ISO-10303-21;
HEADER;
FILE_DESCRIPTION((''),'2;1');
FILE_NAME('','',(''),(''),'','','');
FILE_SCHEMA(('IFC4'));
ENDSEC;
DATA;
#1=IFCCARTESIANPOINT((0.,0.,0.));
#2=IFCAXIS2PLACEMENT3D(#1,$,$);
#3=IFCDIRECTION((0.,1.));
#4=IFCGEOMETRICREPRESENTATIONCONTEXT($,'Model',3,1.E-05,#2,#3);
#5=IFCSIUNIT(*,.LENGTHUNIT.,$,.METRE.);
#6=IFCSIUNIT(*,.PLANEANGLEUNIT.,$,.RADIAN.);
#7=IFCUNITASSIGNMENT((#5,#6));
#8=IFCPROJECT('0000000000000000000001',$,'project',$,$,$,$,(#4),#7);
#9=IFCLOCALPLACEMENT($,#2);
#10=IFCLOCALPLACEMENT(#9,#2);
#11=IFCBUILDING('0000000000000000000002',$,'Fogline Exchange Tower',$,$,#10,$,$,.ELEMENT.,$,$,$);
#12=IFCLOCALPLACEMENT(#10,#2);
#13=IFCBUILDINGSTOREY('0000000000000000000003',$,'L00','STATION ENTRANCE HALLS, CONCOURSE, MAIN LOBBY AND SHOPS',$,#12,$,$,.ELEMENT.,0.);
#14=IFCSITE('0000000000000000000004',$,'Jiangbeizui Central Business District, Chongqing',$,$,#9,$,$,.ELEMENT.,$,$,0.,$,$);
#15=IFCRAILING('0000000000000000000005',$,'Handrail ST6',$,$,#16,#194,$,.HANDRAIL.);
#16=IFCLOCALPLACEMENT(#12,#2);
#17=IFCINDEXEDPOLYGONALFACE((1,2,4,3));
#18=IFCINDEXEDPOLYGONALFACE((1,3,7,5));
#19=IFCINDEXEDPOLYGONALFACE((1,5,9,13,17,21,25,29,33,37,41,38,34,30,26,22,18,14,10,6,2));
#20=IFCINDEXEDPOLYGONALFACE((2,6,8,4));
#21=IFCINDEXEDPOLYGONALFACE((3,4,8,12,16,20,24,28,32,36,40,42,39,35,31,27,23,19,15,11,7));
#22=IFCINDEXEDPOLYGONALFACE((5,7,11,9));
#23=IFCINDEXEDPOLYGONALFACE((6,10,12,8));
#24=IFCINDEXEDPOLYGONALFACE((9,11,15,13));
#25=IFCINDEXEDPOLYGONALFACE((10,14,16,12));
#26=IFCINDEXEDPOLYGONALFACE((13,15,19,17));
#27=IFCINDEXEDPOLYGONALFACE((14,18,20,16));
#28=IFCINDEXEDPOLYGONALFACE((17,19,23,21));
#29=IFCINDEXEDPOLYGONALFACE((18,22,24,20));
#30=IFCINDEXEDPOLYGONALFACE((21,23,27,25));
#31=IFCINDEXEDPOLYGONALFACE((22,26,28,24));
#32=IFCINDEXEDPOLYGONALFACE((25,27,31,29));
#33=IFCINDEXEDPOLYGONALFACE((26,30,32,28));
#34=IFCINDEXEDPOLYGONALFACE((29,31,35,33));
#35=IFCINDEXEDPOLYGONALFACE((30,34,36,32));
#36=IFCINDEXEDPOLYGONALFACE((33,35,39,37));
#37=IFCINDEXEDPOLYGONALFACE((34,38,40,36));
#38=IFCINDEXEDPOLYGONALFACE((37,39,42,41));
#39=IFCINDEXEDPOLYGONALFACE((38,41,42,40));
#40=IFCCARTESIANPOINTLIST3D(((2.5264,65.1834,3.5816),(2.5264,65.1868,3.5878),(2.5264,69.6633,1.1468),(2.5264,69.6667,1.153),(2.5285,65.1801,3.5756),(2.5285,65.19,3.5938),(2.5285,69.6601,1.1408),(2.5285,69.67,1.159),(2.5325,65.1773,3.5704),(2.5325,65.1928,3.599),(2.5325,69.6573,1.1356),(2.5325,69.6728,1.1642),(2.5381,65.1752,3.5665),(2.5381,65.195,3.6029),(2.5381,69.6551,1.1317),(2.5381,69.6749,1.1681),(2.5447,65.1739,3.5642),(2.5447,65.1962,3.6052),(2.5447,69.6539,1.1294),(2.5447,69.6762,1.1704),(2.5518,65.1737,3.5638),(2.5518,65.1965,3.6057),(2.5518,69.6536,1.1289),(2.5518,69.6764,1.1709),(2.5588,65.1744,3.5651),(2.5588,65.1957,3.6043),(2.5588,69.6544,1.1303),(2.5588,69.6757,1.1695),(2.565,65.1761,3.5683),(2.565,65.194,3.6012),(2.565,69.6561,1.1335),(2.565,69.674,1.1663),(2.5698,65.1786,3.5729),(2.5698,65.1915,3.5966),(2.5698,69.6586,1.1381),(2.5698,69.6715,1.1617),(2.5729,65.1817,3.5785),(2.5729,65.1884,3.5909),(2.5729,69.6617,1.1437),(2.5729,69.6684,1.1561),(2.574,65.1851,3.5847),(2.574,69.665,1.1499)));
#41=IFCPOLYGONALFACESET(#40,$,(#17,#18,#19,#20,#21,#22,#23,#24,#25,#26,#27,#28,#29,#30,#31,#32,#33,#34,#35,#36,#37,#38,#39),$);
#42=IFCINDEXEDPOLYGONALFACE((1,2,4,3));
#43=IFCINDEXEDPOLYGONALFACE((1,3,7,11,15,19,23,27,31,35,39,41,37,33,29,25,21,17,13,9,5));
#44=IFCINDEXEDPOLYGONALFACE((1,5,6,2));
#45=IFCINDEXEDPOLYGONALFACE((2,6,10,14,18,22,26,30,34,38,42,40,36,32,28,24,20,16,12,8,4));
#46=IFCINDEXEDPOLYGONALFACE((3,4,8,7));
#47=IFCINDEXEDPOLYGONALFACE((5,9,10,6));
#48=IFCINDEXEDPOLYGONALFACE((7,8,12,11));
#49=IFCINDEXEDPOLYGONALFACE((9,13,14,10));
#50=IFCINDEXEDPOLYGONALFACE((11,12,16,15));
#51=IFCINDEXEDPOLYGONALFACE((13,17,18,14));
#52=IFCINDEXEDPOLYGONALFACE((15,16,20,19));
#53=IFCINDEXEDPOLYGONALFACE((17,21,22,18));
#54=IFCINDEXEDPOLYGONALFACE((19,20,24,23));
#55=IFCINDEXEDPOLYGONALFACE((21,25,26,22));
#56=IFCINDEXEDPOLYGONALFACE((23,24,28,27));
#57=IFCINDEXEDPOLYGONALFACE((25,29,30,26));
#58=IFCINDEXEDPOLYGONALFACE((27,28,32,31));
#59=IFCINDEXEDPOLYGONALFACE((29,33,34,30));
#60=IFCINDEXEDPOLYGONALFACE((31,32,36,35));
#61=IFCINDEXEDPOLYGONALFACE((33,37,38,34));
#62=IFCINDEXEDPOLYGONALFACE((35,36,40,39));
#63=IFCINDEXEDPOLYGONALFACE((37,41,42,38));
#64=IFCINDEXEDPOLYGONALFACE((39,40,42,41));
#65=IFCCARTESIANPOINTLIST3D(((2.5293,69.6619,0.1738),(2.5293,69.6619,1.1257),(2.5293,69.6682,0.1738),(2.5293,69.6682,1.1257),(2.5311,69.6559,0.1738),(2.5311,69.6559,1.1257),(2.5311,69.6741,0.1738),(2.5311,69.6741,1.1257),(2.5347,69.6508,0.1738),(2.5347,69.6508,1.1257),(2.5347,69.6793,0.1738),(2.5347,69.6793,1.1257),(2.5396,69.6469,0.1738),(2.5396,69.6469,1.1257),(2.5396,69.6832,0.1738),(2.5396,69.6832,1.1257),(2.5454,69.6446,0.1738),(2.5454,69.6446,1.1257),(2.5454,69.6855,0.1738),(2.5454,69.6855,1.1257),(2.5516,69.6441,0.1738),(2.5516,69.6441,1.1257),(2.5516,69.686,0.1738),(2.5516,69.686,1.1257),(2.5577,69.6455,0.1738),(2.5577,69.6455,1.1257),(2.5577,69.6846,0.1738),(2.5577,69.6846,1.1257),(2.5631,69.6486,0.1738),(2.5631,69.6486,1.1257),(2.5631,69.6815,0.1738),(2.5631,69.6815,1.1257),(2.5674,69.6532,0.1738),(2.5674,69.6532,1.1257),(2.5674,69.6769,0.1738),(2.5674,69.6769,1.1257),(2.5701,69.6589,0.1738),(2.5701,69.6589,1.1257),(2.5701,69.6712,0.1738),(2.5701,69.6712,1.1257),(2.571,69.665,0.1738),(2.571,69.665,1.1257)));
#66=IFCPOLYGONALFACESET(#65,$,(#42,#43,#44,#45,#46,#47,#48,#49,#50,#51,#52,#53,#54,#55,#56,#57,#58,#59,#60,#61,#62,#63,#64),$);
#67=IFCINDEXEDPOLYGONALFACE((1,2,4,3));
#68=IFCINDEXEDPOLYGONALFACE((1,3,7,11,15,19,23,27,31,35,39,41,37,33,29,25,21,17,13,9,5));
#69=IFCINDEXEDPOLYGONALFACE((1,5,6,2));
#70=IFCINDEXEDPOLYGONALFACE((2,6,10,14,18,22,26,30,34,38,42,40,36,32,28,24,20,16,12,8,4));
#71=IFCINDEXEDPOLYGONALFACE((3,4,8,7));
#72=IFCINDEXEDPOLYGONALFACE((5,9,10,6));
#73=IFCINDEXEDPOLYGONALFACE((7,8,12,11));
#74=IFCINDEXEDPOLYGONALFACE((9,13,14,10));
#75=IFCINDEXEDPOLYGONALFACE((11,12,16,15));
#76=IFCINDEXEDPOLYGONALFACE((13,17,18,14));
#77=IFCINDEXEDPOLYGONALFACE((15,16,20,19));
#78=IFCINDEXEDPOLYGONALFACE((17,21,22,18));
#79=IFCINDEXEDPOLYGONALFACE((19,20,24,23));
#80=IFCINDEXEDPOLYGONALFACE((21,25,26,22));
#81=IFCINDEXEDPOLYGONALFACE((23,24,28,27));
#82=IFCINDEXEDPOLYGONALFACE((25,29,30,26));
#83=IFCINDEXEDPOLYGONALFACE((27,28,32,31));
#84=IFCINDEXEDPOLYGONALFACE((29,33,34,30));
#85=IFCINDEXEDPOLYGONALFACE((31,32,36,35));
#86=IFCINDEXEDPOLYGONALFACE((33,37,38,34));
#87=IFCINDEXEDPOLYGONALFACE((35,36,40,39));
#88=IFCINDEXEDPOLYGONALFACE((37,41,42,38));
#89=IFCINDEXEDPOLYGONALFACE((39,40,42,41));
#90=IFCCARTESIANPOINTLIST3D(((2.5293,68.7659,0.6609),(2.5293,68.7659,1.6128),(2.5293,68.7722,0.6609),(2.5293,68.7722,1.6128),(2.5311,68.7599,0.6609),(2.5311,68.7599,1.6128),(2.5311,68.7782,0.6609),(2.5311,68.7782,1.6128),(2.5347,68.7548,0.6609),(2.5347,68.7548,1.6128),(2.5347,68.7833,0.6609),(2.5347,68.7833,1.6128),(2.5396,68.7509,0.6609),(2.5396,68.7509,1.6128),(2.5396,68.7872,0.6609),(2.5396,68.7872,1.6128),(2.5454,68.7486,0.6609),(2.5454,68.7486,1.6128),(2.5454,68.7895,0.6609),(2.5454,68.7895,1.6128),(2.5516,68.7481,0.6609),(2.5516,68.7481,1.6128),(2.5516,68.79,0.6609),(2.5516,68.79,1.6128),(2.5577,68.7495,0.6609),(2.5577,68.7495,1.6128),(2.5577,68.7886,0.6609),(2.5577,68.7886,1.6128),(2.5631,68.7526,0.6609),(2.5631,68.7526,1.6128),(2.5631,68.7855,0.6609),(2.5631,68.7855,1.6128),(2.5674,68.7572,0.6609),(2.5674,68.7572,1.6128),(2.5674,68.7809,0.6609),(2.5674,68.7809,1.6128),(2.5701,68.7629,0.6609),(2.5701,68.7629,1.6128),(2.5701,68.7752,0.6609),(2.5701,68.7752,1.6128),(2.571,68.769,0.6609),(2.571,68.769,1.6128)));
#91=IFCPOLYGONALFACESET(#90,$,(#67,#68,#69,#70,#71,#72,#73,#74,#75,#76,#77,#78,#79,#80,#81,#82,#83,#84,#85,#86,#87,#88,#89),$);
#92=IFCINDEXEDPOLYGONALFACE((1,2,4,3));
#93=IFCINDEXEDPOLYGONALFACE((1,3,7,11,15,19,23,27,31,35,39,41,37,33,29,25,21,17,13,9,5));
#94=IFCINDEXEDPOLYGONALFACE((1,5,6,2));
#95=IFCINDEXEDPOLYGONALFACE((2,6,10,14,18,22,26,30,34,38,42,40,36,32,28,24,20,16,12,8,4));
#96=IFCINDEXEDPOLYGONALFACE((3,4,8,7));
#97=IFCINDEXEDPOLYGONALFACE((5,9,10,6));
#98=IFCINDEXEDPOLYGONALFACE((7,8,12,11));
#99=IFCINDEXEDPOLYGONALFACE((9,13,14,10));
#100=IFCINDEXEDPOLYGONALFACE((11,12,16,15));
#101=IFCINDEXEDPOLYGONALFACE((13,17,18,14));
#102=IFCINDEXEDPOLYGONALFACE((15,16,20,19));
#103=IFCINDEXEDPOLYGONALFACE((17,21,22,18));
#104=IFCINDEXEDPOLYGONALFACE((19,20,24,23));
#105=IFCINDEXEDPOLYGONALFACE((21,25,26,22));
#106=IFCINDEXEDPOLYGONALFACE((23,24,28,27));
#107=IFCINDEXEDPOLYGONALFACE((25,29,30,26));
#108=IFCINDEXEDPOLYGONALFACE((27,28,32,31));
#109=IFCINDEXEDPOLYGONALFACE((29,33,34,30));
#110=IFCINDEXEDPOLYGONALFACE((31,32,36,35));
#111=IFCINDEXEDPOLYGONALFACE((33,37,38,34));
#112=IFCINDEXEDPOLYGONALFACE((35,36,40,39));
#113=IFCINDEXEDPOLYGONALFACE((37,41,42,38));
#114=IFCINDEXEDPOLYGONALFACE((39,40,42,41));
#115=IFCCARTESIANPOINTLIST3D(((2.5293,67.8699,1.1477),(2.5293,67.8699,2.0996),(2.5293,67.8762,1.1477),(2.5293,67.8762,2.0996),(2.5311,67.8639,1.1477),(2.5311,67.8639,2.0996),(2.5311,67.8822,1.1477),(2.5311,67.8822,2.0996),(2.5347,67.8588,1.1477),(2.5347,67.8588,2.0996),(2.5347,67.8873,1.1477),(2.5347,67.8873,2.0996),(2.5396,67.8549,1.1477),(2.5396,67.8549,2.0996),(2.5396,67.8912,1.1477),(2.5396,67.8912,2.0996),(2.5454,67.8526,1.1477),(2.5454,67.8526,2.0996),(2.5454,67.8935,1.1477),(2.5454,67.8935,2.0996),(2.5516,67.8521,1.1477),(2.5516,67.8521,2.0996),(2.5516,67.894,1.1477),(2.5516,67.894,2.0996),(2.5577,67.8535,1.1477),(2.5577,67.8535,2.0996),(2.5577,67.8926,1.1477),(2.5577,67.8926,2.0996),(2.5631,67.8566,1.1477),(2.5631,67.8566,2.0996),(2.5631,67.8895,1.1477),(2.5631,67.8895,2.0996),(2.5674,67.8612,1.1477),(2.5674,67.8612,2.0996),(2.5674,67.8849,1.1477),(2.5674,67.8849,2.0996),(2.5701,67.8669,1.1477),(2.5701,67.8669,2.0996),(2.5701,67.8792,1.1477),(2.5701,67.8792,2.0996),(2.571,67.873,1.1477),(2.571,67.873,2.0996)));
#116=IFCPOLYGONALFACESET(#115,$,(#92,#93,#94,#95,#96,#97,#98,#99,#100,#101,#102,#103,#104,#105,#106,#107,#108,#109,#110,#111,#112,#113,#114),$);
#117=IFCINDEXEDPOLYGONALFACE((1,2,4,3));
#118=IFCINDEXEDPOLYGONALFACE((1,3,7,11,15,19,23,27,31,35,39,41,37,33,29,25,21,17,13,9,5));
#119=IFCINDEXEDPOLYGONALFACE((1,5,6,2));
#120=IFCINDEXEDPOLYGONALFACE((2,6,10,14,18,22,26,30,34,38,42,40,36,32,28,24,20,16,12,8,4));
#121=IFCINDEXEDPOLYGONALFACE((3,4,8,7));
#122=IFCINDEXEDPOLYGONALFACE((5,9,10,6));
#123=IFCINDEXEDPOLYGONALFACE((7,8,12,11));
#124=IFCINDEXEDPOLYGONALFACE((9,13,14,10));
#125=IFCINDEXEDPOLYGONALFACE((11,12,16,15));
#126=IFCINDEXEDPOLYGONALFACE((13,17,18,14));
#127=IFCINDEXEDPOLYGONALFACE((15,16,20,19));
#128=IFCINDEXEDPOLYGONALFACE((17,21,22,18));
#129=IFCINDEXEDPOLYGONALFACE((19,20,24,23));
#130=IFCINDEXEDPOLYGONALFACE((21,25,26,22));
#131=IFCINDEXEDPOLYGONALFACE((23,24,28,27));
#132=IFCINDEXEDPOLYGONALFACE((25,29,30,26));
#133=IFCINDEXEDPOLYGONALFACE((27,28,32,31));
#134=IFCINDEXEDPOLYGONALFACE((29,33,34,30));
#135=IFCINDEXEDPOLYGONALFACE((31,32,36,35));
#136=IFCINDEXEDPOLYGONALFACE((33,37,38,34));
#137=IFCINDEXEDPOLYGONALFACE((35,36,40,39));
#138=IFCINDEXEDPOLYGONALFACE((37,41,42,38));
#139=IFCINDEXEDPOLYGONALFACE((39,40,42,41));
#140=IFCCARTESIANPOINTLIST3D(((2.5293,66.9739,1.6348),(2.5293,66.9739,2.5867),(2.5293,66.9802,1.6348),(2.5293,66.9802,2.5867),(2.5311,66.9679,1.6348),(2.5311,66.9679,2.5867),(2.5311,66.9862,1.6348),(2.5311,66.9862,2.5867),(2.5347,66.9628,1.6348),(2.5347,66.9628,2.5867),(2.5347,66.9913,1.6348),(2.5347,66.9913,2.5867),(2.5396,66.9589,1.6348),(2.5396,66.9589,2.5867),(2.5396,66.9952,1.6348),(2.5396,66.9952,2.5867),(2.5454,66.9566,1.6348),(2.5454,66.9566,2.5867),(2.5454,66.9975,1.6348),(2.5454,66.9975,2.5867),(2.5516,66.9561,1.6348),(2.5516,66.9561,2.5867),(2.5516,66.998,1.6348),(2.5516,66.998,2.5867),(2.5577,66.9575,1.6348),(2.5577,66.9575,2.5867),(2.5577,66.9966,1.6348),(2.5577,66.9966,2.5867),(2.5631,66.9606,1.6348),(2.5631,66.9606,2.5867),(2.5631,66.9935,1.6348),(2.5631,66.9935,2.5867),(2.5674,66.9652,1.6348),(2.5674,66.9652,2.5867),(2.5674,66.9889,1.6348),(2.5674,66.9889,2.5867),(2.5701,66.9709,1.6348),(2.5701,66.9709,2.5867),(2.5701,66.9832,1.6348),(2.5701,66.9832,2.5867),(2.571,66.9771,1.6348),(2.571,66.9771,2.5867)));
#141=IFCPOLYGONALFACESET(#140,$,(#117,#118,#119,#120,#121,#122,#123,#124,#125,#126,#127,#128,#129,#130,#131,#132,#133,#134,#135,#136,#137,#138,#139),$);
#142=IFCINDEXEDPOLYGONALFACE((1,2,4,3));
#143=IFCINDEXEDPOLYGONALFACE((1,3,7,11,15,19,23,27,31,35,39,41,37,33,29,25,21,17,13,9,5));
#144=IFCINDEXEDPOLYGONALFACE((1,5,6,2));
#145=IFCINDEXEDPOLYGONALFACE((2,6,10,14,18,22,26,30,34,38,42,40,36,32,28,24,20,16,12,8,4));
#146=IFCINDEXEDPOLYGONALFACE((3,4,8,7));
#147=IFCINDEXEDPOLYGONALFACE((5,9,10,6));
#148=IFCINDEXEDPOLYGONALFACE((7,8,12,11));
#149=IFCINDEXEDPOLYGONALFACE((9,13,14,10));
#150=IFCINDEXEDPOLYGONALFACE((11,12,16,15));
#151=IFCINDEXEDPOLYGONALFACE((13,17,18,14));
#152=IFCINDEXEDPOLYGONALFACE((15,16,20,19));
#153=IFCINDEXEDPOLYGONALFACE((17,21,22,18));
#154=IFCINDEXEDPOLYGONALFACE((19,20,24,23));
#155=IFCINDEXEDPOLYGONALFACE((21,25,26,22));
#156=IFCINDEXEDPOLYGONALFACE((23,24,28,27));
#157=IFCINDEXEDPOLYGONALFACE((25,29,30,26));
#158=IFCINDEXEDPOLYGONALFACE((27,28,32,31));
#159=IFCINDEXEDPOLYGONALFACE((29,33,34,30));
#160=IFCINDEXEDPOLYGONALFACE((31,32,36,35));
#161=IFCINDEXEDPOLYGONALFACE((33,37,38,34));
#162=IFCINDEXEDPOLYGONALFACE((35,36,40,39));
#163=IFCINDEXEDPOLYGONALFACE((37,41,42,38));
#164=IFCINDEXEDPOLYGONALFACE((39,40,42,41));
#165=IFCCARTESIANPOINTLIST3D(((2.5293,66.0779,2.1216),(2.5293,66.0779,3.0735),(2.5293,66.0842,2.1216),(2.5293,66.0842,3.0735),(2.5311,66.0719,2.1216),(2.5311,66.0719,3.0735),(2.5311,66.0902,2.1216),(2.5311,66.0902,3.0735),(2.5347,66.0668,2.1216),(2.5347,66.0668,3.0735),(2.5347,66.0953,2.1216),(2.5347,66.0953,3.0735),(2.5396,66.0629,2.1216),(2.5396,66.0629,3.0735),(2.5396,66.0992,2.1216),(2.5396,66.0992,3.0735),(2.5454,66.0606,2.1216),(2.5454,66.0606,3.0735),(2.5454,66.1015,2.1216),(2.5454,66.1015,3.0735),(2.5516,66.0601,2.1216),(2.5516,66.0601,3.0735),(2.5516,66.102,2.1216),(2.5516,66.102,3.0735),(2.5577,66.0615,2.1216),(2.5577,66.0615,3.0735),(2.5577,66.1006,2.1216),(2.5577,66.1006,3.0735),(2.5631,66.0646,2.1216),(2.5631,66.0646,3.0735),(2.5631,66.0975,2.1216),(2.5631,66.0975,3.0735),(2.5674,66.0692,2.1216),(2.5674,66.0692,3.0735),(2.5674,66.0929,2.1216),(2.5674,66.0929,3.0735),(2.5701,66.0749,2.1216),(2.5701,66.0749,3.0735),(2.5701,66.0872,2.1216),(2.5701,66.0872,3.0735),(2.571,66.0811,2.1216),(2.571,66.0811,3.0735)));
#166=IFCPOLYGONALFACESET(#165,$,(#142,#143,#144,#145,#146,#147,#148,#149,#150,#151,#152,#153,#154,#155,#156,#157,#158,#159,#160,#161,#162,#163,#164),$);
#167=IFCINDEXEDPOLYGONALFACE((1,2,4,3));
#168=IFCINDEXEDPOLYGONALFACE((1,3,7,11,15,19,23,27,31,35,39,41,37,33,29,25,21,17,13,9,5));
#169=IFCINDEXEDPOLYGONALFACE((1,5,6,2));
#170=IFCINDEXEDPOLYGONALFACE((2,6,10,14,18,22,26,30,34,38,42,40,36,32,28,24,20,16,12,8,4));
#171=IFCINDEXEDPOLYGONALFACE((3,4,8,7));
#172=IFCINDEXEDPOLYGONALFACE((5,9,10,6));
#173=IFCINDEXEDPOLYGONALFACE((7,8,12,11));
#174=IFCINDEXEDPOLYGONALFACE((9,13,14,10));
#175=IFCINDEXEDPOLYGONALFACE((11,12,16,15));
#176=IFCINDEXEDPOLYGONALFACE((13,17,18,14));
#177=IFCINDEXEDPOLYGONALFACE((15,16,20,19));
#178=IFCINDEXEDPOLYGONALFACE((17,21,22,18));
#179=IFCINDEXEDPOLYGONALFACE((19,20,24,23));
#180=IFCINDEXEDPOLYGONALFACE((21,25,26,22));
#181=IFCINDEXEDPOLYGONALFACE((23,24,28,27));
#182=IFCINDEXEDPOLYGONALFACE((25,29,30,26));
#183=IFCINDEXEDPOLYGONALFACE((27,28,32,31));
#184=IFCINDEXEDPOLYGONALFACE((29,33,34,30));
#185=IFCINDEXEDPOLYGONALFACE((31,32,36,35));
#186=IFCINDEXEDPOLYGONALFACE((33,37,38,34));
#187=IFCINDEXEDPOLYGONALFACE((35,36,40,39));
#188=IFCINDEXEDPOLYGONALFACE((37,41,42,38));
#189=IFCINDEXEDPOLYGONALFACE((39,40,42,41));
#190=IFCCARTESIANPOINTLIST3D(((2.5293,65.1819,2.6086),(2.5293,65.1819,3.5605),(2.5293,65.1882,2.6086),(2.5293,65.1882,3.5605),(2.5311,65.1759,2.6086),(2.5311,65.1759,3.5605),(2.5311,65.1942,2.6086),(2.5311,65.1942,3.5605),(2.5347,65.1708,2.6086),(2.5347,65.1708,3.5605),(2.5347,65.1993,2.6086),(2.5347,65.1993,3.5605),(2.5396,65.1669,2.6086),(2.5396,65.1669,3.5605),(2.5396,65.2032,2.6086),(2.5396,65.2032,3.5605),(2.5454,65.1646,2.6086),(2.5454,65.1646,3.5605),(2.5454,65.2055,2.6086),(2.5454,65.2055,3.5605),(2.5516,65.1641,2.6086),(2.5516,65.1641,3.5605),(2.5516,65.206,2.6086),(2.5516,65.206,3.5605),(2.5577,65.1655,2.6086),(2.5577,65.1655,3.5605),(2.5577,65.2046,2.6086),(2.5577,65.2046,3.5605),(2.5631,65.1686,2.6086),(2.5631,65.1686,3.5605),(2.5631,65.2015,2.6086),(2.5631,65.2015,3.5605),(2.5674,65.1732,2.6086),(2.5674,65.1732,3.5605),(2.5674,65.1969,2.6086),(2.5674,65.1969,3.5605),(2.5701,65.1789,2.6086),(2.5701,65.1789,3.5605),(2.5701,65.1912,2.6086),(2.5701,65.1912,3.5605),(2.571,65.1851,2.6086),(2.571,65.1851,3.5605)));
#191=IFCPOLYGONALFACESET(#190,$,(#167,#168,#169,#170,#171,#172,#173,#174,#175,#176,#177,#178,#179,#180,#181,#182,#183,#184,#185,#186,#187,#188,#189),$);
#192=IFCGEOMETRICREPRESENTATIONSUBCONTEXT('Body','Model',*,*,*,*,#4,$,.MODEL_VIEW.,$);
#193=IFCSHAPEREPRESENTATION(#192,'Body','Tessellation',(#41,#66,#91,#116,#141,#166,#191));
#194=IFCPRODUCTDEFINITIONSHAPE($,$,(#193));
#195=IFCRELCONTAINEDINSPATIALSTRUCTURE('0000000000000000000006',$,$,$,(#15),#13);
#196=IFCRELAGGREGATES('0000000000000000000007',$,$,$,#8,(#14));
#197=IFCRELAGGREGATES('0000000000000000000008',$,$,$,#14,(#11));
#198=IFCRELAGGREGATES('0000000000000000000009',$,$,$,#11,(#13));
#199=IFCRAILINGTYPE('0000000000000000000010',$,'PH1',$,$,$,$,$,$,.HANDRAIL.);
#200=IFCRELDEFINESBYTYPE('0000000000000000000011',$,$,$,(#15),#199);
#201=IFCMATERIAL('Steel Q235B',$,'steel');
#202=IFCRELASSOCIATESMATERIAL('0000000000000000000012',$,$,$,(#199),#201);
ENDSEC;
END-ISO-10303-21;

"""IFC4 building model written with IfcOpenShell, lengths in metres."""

from ifc_helpers import new_model, si_unit, direction, frame, origin, origin_2d, place, context, subcontext, project, spatial, circle, extrude, material, type_object, element, save


model = new_model("IFC4")

# Units and contexts
model_context = context("Model", 3, precision=1e-05, world=origin(), true_north=direction((0.0, 1.0)))
body_context = subcontext(model_context, "Body", "Model", "MODEL_VIEW")
ifc_project = project(units=[si_unit("LENGTHUNIT", "METRE"), si_unit("PLANEANGLEUNIT", "RADIAN")], contexts=[model_context])

# Site, building, storey
site_placement = place(None, origin())
site = spatial("IfcSite", under=ifc_project, at=site_placement, Name="Jiangbeizui Central Business District, Chongqing", CompositionType="ELEMENT", RefElevation=0.0)
building_placement = place(site_placement, origin())
building = spatial("IfcBuilding", under=site, at=building_placement, Name="Fogline Exchange Tower", CompositionType="ELEMENT")
storey_placement = place(building_placement, origin())
storey = spatial("IfcBuildingStorey", under=building, at=storey_placement, Name="L00", Description="STATION ENTRANCE HALLS, CONCOURSE, MAIN LOBBY AND SHOPS", CompositionType="ELEMENT", Elevation=0.0)

# Shared definitions
ifc_material_1 = material(Name="Steel Q235B", Category="steel")

# Railing
railing_type_1 = type_object("IfcRailingType", Name="PH1", PredefinedType="HANDRAIL", material=ifc_material_1)
for number, where, name in (
    (1, (2.55, 69.665, 0.1738), "Handrail ST6"),
):
    element("IfcRailing", number, at=place(storey_placement, frame(where)), inside=storey, type_object=railing_type_1, Name=name, PredefinedType="HANDRAIL", context=body_context, shape_type="SweptSolid", body=[
        extrude(circle(Radius=0.0239, at=origin_2d()), frame((0.0, 0.0, 0.9761), z_axis=(0.0, -0.878621, 0.47752), x_axis=(1.0, 0.0, 0.0)), (0.0, 0.0, 1.0), 5.0989),
        extrude(circle(Radius=0.021, at=origin_2d()), origin(), (0.0, 0.0, 1.0), 0.9519),
        extrude(circle(Radius=0.021, at=origin_2d()), frame((0.0, -0.896, 0.4871)), (0.0, 0.0, 1.0), 0.9519),
        extrude(circle(Radius=0.021, at=origin_2d()), frame((0.0, -1.792, 0.9739)), (0.0, 0.0, 1.0), 0.9519),
        extrude(circle(Radius=0.021, at=origin_2d()), frame((0.0, -2.688, 1.4609)), (0.0, 0.0, 1.0), 0.9519),
        extrude(circle(Radius=0.021, at=origin_2d()), frame((0.0, -3.584, 1.9478)), (0.0, 0.0, 1.0), 0.9519),
        extrude(circle(Radius=0.021, at=origin_2d()), frame((0.0, -4.48, 2.4348)), (0.0, 0.0, 1.0), 0.9519),
    ])

save(model, "model.ifc")
